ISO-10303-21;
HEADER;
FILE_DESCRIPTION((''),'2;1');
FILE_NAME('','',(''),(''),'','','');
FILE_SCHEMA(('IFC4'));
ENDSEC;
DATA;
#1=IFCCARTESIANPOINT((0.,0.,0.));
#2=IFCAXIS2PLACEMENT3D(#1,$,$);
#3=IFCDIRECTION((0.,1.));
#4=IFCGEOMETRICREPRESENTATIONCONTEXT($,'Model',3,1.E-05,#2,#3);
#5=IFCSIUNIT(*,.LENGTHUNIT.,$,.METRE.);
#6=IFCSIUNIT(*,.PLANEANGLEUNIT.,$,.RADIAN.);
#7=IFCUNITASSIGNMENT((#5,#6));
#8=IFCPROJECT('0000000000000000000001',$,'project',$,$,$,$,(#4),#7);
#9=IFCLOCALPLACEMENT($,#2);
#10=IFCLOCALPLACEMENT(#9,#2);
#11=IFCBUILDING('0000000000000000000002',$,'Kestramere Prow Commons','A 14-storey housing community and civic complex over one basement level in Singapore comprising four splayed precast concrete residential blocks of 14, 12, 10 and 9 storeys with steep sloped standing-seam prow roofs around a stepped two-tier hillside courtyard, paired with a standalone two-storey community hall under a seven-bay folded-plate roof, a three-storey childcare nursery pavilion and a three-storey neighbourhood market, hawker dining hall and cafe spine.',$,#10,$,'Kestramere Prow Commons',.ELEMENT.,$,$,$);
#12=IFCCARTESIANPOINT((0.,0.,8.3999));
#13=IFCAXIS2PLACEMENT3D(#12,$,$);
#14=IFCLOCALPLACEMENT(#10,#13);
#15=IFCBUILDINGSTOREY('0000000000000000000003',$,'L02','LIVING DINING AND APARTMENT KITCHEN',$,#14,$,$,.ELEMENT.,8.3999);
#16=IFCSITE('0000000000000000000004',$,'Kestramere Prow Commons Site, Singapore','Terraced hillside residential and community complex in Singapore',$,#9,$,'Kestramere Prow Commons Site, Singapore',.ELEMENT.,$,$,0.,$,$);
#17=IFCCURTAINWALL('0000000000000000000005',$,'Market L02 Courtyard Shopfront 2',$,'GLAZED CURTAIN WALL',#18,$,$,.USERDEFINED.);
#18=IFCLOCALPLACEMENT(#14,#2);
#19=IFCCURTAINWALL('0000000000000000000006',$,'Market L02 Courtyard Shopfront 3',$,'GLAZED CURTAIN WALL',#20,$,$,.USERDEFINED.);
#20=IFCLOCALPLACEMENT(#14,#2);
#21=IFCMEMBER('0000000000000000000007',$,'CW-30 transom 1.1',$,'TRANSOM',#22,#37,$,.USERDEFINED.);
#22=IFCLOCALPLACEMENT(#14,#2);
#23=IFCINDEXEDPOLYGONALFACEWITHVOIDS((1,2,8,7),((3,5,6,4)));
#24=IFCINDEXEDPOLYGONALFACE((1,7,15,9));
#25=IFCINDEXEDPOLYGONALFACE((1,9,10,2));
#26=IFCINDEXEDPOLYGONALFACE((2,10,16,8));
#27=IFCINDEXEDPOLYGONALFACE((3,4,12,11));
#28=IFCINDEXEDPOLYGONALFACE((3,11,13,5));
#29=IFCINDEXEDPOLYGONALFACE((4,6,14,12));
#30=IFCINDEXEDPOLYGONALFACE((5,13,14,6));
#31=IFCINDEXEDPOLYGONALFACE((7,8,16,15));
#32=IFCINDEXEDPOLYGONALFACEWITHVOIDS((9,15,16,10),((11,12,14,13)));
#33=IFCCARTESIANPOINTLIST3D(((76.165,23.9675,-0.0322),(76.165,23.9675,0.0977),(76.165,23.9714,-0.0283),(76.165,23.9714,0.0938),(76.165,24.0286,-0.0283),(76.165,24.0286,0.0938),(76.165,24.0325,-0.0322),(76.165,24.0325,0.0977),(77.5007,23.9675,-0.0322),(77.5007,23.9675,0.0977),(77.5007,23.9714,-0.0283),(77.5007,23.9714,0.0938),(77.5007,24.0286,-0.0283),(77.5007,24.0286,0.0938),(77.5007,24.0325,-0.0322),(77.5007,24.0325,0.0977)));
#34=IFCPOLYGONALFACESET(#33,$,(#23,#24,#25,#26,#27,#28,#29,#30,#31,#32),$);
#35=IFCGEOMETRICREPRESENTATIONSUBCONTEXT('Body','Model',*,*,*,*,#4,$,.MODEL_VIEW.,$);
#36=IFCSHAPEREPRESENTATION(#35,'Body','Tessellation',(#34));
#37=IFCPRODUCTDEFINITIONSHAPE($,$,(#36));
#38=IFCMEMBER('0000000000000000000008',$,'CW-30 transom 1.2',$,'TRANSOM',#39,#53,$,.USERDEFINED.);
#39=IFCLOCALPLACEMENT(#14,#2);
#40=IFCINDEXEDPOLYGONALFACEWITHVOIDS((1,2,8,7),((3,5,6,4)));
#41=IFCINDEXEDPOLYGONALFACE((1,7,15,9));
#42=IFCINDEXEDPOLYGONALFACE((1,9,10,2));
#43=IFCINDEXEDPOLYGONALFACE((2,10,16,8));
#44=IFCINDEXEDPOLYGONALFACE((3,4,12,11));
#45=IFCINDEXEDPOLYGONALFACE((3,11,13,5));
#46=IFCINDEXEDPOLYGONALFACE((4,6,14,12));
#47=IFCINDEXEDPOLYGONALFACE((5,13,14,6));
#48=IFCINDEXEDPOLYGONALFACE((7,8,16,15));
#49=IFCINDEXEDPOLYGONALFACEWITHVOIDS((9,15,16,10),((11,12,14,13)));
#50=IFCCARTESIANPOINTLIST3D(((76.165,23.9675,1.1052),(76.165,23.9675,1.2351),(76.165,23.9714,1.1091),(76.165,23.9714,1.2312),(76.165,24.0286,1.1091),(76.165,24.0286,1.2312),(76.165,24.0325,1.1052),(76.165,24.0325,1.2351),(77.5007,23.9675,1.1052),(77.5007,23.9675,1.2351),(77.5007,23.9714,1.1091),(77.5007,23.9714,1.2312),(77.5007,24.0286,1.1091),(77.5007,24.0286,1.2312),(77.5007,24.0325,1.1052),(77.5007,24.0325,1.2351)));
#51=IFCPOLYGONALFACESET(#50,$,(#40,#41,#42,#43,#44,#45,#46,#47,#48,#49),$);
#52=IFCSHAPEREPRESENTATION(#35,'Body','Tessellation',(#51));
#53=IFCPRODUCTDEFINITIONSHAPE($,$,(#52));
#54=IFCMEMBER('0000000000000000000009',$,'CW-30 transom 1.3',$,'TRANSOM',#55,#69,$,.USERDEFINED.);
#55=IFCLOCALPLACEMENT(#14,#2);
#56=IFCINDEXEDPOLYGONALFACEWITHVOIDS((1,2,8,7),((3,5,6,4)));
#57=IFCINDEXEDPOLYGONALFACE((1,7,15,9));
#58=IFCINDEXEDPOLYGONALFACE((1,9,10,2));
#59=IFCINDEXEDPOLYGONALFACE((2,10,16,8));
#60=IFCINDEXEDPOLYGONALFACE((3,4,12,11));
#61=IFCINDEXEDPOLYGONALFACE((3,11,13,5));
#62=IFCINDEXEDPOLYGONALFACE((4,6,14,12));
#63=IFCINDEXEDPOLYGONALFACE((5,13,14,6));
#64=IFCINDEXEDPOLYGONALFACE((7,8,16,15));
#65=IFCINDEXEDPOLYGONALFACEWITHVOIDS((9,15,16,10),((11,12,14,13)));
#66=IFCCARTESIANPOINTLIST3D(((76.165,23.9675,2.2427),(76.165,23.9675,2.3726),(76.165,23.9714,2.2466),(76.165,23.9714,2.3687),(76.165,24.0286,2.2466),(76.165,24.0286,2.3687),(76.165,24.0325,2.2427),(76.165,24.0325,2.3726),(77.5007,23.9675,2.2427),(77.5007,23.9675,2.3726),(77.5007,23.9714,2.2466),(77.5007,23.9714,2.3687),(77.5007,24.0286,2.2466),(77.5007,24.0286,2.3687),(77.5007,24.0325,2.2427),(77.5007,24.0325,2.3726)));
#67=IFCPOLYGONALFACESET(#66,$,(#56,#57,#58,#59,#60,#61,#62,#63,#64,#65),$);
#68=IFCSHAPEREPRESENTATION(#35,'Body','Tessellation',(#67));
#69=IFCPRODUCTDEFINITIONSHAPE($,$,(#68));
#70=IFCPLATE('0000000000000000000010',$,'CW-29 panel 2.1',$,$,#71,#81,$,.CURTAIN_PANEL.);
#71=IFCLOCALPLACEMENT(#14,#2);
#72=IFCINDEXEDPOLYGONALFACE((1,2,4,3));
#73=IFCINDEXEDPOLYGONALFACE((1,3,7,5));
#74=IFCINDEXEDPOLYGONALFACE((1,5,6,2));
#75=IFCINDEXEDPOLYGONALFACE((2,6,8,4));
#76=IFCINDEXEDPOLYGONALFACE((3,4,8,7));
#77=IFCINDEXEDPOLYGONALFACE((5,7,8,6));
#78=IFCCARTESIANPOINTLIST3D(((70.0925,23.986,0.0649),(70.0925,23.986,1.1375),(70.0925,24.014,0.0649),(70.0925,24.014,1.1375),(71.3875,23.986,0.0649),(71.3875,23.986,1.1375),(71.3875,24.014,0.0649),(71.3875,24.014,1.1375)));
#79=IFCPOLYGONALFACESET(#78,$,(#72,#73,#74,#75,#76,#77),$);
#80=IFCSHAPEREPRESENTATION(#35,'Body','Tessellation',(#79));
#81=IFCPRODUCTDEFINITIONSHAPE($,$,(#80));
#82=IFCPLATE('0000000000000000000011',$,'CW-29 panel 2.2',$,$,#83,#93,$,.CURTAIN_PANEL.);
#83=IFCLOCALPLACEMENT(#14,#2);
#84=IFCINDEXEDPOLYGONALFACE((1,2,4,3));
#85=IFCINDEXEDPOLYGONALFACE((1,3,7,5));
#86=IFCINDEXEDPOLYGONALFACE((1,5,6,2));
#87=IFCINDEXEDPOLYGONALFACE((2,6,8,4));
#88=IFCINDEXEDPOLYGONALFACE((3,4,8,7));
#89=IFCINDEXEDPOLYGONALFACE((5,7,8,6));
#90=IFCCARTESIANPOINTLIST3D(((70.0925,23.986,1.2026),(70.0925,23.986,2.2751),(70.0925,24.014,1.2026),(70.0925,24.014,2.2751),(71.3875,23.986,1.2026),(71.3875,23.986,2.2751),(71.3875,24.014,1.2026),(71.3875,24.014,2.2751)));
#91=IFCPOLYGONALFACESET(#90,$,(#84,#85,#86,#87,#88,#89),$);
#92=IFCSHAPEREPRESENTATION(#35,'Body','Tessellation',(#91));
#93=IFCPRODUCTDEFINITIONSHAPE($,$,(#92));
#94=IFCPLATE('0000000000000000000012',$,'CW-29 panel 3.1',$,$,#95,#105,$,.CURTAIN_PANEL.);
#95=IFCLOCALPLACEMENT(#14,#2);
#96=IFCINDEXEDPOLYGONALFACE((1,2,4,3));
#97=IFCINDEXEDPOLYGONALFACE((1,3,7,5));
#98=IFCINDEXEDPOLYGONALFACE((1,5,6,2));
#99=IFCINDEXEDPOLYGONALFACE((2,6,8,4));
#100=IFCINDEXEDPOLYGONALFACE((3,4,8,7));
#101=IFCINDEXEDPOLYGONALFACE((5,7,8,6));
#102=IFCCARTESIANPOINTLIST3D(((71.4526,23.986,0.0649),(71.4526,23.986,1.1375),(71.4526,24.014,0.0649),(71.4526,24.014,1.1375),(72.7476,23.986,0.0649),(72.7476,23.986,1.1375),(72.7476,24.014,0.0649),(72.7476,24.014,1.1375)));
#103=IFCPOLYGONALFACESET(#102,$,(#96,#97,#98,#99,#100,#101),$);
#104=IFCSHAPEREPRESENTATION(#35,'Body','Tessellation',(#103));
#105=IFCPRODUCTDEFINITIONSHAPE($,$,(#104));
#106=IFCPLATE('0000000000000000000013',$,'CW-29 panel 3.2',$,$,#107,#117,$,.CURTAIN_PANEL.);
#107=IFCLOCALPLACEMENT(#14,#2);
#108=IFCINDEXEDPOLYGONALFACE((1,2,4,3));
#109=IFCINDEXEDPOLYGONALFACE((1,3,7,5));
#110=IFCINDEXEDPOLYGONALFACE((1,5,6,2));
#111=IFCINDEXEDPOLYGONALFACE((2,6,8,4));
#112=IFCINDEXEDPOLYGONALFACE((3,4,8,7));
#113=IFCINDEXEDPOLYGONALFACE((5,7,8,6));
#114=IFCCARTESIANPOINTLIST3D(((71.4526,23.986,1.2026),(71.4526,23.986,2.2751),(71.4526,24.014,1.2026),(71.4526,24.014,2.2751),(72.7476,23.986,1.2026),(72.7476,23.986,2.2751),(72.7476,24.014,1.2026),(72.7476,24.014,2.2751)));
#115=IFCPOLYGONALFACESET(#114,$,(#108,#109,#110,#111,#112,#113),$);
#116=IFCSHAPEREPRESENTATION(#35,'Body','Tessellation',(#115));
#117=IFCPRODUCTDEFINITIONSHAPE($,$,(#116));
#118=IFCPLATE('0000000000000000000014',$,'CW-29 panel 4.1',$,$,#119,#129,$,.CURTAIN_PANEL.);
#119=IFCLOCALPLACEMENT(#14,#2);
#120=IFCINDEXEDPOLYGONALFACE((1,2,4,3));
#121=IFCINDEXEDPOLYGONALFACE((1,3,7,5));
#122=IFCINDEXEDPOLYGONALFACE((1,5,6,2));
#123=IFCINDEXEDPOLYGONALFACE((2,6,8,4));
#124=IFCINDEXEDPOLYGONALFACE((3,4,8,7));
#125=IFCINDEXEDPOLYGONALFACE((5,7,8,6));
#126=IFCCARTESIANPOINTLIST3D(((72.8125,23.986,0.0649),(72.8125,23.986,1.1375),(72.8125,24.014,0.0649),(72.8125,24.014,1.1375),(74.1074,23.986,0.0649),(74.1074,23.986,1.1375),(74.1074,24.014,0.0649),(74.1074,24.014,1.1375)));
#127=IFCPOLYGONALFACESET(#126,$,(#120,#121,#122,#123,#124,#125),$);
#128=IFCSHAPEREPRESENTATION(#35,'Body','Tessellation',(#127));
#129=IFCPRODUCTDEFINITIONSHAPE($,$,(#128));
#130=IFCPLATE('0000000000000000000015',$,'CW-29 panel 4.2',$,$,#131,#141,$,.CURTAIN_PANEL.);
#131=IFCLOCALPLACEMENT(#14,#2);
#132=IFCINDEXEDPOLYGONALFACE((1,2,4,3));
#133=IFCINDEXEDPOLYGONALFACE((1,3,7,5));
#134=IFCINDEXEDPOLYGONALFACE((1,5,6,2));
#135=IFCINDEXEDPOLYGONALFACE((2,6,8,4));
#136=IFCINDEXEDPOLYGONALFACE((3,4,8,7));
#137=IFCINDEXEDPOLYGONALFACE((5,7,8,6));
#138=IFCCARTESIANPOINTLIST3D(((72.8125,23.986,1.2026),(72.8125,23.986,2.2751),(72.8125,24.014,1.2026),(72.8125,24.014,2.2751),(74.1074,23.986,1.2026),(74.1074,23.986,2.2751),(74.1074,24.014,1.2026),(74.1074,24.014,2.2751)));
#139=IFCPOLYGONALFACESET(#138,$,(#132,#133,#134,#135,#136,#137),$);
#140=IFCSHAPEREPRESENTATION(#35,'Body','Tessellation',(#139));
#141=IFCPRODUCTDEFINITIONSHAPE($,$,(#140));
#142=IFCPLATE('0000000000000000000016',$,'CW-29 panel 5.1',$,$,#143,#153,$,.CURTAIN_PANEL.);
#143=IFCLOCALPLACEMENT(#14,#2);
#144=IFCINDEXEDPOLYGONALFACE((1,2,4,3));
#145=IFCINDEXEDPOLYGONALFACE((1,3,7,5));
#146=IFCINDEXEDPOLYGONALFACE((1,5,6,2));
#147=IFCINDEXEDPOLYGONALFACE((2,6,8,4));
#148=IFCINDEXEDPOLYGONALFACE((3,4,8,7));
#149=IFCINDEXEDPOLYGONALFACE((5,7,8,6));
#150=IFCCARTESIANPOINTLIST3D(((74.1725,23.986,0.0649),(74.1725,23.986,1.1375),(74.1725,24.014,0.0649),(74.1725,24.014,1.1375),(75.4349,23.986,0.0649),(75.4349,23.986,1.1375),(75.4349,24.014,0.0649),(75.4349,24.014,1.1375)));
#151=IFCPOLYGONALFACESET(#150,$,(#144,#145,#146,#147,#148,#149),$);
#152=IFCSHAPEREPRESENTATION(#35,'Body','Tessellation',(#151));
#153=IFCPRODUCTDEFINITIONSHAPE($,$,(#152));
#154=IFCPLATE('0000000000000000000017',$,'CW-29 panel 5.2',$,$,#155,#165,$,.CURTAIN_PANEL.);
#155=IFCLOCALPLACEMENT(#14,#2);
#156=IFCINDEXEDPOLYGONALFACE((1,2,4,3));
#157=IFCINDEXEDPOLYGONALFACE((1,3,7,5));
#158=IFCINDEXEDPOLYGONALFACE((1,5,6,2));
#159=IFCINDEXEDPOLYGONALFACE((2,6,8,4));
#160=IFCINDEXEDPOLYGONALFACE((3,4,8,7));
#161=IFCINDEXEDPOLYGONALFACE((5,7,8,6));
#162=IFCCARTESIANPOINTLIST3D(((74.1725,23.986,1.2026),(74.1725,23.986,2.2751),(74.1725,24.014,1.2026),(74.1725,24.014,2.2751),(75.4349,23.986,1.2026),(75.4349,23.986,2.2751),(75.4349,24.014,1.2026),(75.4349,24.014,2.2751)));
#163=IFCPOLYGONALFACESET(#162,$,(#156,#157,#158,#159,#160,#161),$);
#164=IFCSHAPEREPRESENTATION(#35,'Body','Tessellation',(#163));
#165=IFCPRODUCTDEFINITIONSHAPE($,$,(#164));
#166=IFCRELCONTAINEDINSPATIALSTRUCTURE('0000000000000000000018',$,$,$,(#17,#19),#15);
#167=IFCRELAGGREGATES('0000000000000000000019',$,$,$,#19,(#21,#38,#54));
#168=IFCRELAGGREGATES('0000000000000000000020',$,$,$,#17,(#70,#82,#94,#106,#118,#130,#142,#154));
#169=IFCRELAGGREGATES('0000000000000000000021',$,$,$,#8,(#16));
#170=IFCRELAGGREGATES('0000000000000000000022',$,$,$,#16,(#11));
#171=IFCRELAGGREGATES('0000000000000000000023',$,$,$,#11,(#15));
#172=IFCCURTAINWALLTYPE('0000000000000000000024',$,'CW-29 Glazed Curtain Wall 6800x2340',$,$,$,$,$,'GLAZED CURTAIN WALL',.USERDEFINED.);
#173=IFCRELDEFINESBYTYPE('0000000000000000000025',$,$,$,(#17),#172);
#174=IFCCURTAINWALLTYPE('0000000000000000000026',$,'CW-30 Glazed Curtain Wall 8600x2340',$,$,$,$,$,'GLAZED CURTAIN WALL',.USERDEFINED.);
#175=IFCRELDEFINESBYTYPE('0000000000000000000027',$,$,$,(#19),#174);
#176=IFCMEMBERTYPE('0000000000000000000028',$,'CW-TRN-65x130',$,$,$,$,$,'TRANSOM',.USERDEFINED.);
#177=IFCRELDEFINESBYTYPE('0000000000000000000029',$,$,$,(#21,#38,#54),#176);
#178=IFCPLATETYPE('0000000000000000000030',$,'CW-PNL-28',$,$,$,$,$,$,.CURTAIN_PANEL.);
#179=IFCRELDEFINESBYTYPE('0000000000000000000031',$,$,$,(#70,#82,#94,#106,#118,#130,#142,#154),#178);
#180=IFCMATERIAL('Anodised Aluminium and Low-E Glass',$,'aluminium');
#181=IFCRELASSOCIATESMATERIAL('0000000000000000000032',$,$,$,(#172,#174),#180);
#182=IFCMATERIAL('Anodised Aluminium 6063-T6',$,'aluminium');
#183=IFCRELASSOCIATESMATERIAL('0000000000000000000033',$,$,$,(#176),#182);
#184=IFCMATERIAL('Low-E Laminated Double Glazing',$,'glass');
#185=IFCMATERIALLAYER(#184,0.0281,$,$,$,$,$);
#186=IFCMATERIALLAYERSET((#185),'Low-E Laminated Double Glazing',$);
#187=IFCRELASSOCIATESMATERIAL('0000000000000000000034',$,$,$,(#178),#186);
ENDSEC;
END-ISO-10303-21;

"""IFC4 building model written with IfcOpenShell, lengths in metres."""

from ifc_helpers import new_model, si_unit, direction, frame, origin, origin_2d, place, context, subcontext, project, spatial, rectangle, hollow_rectangle, extrude, material, layer, layer_set, material_profile, profile_set, type_object, element, aggregate, save


model = new_model("IFC4")

# Units and contexts
model_context = context("Model", 3, precision=1e-05, world=origin(), true_north=direction((0.0, 1.0)))
body_context = subcontext(model_context, "Body", "Model", "MODEL_VIEW")
ifc_project = project(units=[si_unit("LENGTHUNIT", "METRE"), si_unit("PLANEANGLEUNIT", "RADIAN")], contexts=[model_context])

# Site, building, storey
site_placement = place(None, origin())
site = spatial("IfcSite", under=ifc_project, at=site_placement, Name="Kestramere Prow Commons Site, Singapore", Description="Terraced hillside residential and community complex in Singapore", LongName="Kestramere Prow Commons Site, Singapore", CompositionType="ELEMENT", RefElevation=0.0)
building_placement = place(site_placement, origin())
building = spatial("IfcBuilding", under=site, at=building_placement, Name="Kestramere Prow Commons", Description="A 14-storey housing community and civic complex over one basement level in Singapore comprising four splayed precast concrete residential blocks of 14, 12, 10 and 9 storeys with steep sloped standing-seam prow roofs around a stepped two-tier hillside courtyard, paired with a standalone two-storey community hall under a seven-bay folded-plate roof, a three-storey childcare nursery pavilion and a three-storey neighbourhood market, hawker dining hall and cafe spine.", LongName="Kestramere Prow Commons", CompositionType="ELEMENT")
storey_placement = place(building_placement, frame((0.0, 0.0, 8.3999)))
storey = spatial("IfcBuildingStorey", under=building, at=storey_placement, Name="L02", Description="LIVING DINING AND APARTMENT KITCHEN", CompositionType="ELEMENT", Elevation=8.3999)

# Curtain wall
ifc_material_1 = material(Name="Anodised Aluminium and Low-E Glass", Category="aluminium")
curtain_wall_type_1 = type_object("IfcCurtainWallType", Name="CW-29 Glazed Curtain Wall 6800x2340", ElementType="GLAZED CURTAIN WALL", PredefinedType="USERDEFINED", material=ifc_material_1)
curtain_wall_1_placement = place(storey_placement, origin())
curtain_wall_1 = element("IfcCurtainWall", 1, at=curtain_wall_1_placement, inside=storey, type_object=curtain_wall_type_1, Name="Market L02 Courtyard Shopfront 2", ObjectType="GLAZED CURTAIN WALL", PredefinedType="USERDEFINED")
ifc_material_2 = material(Name="Anodised Aluminium 6063-T6", Category="aluminium")

# Curtain wall
curtain_wall_type_2 = type_object("IfcCurtainWallType", Name="CW-30 Glazed Curtain Wall 8600x2340", ElementType="GLAZED CURTAIN WALL", PredefinedType="USERDEFINED", material=ifc_material_1)
curtain_wall_2_placement = place(storey_placement, origin())
curtain_wall_2 = element("IfcCurtainWall", 2, at=curtain_wall_2_placement, inside=storey, type_object=curtain_wall_type_2, Name="Market L02 Courtyard Shopfront 3", ObjectType="GLAZED CURTAIN WALL", PredefinedType="USERDEFINED")

# Members
ifc_material_profile_1 = material_profile(ifc_material_2, hollow_rectangle(XDim=0.0649, YDim=0.1299, WallThickness=0.0039, at=origin_2d()), Name="ALU-TRN 65x130")
ifc_profile_set_1 = profile_set([ifc_material_profile_1], Name="Anodised Aluminium 6063-T6")
member_type_1 = type_object("IfcMemberType", Name="CW-TRN-65x130", ElementType="TRANSOM", PredefinedType="USERDEFINED", material=ifc_profile_set_1)
member_1_placement = place(storey_placement, frame((76.165, 24.0, 0.0327), z_axis=(1.0, 0.0, 0.0), x_axis=(0.0, 1.0, 0.0)))
member_1 = element("IfcMember", 3, at=member_1_placement, type_object=member_type_1, Name="CW-30 transom 1.1", ObjectType="TRANSOM", PredefinedType="USERDEFINED", context=body_context, shape_type="SweptSolid", body=[
    extrude(hollow_rectangle(XDim=0.0649, YDim=0.1299, WallThickness=0.0039, at=origin_2d()), origin(), (0.0, 0.0, 1.0), 1.3357),
])
member_2_placement = place(storey_placement, frame((76.165, 24.0, 1.1702), z_axis=(1.0, 0.0, 0.0), x_axis=(0.0, 1.0, 0.0)))
member_2 = element("IfcMember", 4, at=member_2_placement, type_object=member_type_1, Name="CW-30 transom 1.2", ObjectType="TRANSOM", PredefinedType="USERDEFINED", context=body_context, shape_type="SweptSolid", body=[
    extrude(hollow_rectangle(XDim=0.0649, YDim=0.1299, WallThickness=0.0039, at=origin_2d()), origin(), (0.0, 0.0, 1.0), 1.3357),
])
member_3_placement = place(storey_placement, frame((76.165, 24.0, 2.3076), z_axis=(1.0, 0.0, 0.0), x_axis=(0.0, 1.0, 0.0)))
member_3 = element("IfcMember", 5, at=member_3_placement, type_object=member_type_1, Name="CW-30 transom 1.3", ObjectType="TRANSOM", PredefinedType="USERDEFINED", context=body_context, shape_type="SweptSolid", body=[
    extrude(hollow_rectangle(XDim=0.0649, YDim=0.1299, WallThickness=0.0039, at=origin_2d()), origin(), (0.0, 0.0, 1.0), 1.3357),
])
aggregate(curtain_wall_2, [member_1, member_2, member_3])

# Plates
ifc_material_3 = material(Name="Low-E Laminated Double Glazing", Category="glass")
ifc_layer = layer(ifc_material_3, 0.0281)
ifc_layer_set = layer_set([ifc_layer], Name="Low-E Laminated Double Glazing")
plate_type = type_object("IfcPlateType", Name="CW-PNL-28", PredefinedType="CURTAIN_PANEL", material=ifc_layer_set)
plate_1_placement = place(storey_placement, frame((70.74, 24.0, 0.0649), z_axis=(0.0, 0.0, 1.0), x_axis=(1.0, 0.0, 0.0)))
plate_1 = element("IfcPlate", 6, at=plate_1_placement, type_object=plate_type, Name="CW-29 panel 2.1", PredefinedType="CURTAIN_PANEL", context=body_context, shape_type="SweptSolid", body=[
    extrude(rectangle(XDim=1.2949, YDim=0.0281, at=origin_2d()), origin(), (0.0, 0.0, 1.0), 1.0725),
])
plate_2_placement = place(storey_placement, frame((70.74, 24.0, 1.2026), z_axis=(0.0, 0.0, 1.0), x_axis=(1.0, 0.0, 0.0)))
plate_2 = element("IfcPlate", 7, at=plate_2_placement, type_object=plate_type, Name="CW-29 panel 2.2", PredefinedType="CURTAIN_PANEL", context=body_context, shape_type="SweptSolid", body=[
    extrude(rectangle(XDim=1.2949, YDim=0.0281, at=origin_2d()), origin(), (0.0, 0.0, 1.0), 1.0725),
])
plate_3_placement = place(storey_placement, frame((72.1001, 24.0, 0.0649), z_axis=(0.0, 0.0, 1.0), x_axis=(1.0, 0.0, 0.0)))
plate_3 = element("IfcPlate", 8, at=plate_3_placement, type_object=plate_type, Name="CW-29 panel 3.1", PredefinedType="CURTAIN_PANEL", context=body_context, shape_type="SweptSolid", body=[
    extrude(rectangle(XDim=1.2949, YDim=0.0281, at=origin_2d()), origin(), (0.0, 0.0, 1.0), 1.0725),
])
plate_4_placement = place(storey_placement, frame((72.1001, 24.0, 1.2026), z_axis=(0.0, 0.0, 1.0), x_axis=(1.0, 0.0, 0.0)))
plate_4 = element("IfcPlate", 9, at=plate_4_placement, type_object=plate_type, Name="CW-29 panel 3.2", PredefinedType="CURTAIN_PANEL", context=body_context, shape_type="SweptSolid", body=[
    extrude(rectangle(XDim=1.2949, YDim=0.0281, at=origin_2d()), origin(), (0.0, 0.0, 1.0), 1.0725),
])
plate_5_placement = place(storey_placement, frame((73.46, 24.0, 0.0649), z_axis=(0.0, 0.0, 1.0), x_axis=(1.0, 0.0, 0.0)))
plate_5 = element("IfcPlate", 10, at=plate_5_placement, type_object=plate_type, Name="CW-29 panel 4.1", PredefinedType="CURTAIN_PANEL", context=body_context, shape_type="SweptSolid", body=[
    extrude(rectangle(XDim=1.2949, YDim=0.0281, at=origin_2d()), origin(), (0.0, 0.0, 1.0), 1.0725),
])
plate_6_placement = place(storey_placement, frame((73.46, 24.0, 1.2026), z_axis=(0.0, 0.0, 1.0), x_axis=(1.0, 0.0, 0.0)))
plate_6 = element("IfcPlate", 11, at=plate_6_placement, type_object=plate_type, Name="CW-29 panel 4.2", PredefinedType="CURTAIN_PANEL", context=body_context, shape_type="SweptSolid", body=[
    extrude(rectangle(XDim=1.2949, YDim=0.0281, at=origin_2d()), origin(), (0.0, 0.0, 1.0), 1.0725),
])
plate_7_placement = place(storey_placement, frame((74.8037, 24.0, 0.0649), z_axis=(0.0, 0.0, 1.0), x_axis=(1.0, 0.0, 0.0)))
plate_7 = element("IfcPlate", 12, at=plate_7_placement, type_object=plate_type, Name="CW-29 panel 5.1", PredefinedType="CURTAIN_PANEL", context=body_context, shape_type="SweptSolid", body=[
    extrude(rectangle(XDim=1.2625, YDim=0.0281, at=origin_2d()), origin(), (0.0, 0.0, 1.0), 1.0725),
])
plate_8_placement = place(storey_placement, frame((74.8037, 24.0, 1.2026), z_axis=(0.0, 0.0, 1.0), x_axis=(1.0, 0.0, 0.0)))
plate_8 = element("IfcPlate", 13, at=plate_8_placement, type_object=plate_type, Name="CW-29 panel 5.2", PredefinedType="CURTAIN_PANEL", context=body_context, shape_type="SweptSolid", body=[
    extrude(rectangle(XDim=1.2625, YDim=0.0281, at=origin_2d()), origin(), (0.0, 0.0, 1.0), 1.0725),
])
aggregate(curtain_wall_1, [plate_1, plate_2, plate_3, plate_4, plate_5, plate_6, plate_7, plate_8])

save(model, "model.ifc")
